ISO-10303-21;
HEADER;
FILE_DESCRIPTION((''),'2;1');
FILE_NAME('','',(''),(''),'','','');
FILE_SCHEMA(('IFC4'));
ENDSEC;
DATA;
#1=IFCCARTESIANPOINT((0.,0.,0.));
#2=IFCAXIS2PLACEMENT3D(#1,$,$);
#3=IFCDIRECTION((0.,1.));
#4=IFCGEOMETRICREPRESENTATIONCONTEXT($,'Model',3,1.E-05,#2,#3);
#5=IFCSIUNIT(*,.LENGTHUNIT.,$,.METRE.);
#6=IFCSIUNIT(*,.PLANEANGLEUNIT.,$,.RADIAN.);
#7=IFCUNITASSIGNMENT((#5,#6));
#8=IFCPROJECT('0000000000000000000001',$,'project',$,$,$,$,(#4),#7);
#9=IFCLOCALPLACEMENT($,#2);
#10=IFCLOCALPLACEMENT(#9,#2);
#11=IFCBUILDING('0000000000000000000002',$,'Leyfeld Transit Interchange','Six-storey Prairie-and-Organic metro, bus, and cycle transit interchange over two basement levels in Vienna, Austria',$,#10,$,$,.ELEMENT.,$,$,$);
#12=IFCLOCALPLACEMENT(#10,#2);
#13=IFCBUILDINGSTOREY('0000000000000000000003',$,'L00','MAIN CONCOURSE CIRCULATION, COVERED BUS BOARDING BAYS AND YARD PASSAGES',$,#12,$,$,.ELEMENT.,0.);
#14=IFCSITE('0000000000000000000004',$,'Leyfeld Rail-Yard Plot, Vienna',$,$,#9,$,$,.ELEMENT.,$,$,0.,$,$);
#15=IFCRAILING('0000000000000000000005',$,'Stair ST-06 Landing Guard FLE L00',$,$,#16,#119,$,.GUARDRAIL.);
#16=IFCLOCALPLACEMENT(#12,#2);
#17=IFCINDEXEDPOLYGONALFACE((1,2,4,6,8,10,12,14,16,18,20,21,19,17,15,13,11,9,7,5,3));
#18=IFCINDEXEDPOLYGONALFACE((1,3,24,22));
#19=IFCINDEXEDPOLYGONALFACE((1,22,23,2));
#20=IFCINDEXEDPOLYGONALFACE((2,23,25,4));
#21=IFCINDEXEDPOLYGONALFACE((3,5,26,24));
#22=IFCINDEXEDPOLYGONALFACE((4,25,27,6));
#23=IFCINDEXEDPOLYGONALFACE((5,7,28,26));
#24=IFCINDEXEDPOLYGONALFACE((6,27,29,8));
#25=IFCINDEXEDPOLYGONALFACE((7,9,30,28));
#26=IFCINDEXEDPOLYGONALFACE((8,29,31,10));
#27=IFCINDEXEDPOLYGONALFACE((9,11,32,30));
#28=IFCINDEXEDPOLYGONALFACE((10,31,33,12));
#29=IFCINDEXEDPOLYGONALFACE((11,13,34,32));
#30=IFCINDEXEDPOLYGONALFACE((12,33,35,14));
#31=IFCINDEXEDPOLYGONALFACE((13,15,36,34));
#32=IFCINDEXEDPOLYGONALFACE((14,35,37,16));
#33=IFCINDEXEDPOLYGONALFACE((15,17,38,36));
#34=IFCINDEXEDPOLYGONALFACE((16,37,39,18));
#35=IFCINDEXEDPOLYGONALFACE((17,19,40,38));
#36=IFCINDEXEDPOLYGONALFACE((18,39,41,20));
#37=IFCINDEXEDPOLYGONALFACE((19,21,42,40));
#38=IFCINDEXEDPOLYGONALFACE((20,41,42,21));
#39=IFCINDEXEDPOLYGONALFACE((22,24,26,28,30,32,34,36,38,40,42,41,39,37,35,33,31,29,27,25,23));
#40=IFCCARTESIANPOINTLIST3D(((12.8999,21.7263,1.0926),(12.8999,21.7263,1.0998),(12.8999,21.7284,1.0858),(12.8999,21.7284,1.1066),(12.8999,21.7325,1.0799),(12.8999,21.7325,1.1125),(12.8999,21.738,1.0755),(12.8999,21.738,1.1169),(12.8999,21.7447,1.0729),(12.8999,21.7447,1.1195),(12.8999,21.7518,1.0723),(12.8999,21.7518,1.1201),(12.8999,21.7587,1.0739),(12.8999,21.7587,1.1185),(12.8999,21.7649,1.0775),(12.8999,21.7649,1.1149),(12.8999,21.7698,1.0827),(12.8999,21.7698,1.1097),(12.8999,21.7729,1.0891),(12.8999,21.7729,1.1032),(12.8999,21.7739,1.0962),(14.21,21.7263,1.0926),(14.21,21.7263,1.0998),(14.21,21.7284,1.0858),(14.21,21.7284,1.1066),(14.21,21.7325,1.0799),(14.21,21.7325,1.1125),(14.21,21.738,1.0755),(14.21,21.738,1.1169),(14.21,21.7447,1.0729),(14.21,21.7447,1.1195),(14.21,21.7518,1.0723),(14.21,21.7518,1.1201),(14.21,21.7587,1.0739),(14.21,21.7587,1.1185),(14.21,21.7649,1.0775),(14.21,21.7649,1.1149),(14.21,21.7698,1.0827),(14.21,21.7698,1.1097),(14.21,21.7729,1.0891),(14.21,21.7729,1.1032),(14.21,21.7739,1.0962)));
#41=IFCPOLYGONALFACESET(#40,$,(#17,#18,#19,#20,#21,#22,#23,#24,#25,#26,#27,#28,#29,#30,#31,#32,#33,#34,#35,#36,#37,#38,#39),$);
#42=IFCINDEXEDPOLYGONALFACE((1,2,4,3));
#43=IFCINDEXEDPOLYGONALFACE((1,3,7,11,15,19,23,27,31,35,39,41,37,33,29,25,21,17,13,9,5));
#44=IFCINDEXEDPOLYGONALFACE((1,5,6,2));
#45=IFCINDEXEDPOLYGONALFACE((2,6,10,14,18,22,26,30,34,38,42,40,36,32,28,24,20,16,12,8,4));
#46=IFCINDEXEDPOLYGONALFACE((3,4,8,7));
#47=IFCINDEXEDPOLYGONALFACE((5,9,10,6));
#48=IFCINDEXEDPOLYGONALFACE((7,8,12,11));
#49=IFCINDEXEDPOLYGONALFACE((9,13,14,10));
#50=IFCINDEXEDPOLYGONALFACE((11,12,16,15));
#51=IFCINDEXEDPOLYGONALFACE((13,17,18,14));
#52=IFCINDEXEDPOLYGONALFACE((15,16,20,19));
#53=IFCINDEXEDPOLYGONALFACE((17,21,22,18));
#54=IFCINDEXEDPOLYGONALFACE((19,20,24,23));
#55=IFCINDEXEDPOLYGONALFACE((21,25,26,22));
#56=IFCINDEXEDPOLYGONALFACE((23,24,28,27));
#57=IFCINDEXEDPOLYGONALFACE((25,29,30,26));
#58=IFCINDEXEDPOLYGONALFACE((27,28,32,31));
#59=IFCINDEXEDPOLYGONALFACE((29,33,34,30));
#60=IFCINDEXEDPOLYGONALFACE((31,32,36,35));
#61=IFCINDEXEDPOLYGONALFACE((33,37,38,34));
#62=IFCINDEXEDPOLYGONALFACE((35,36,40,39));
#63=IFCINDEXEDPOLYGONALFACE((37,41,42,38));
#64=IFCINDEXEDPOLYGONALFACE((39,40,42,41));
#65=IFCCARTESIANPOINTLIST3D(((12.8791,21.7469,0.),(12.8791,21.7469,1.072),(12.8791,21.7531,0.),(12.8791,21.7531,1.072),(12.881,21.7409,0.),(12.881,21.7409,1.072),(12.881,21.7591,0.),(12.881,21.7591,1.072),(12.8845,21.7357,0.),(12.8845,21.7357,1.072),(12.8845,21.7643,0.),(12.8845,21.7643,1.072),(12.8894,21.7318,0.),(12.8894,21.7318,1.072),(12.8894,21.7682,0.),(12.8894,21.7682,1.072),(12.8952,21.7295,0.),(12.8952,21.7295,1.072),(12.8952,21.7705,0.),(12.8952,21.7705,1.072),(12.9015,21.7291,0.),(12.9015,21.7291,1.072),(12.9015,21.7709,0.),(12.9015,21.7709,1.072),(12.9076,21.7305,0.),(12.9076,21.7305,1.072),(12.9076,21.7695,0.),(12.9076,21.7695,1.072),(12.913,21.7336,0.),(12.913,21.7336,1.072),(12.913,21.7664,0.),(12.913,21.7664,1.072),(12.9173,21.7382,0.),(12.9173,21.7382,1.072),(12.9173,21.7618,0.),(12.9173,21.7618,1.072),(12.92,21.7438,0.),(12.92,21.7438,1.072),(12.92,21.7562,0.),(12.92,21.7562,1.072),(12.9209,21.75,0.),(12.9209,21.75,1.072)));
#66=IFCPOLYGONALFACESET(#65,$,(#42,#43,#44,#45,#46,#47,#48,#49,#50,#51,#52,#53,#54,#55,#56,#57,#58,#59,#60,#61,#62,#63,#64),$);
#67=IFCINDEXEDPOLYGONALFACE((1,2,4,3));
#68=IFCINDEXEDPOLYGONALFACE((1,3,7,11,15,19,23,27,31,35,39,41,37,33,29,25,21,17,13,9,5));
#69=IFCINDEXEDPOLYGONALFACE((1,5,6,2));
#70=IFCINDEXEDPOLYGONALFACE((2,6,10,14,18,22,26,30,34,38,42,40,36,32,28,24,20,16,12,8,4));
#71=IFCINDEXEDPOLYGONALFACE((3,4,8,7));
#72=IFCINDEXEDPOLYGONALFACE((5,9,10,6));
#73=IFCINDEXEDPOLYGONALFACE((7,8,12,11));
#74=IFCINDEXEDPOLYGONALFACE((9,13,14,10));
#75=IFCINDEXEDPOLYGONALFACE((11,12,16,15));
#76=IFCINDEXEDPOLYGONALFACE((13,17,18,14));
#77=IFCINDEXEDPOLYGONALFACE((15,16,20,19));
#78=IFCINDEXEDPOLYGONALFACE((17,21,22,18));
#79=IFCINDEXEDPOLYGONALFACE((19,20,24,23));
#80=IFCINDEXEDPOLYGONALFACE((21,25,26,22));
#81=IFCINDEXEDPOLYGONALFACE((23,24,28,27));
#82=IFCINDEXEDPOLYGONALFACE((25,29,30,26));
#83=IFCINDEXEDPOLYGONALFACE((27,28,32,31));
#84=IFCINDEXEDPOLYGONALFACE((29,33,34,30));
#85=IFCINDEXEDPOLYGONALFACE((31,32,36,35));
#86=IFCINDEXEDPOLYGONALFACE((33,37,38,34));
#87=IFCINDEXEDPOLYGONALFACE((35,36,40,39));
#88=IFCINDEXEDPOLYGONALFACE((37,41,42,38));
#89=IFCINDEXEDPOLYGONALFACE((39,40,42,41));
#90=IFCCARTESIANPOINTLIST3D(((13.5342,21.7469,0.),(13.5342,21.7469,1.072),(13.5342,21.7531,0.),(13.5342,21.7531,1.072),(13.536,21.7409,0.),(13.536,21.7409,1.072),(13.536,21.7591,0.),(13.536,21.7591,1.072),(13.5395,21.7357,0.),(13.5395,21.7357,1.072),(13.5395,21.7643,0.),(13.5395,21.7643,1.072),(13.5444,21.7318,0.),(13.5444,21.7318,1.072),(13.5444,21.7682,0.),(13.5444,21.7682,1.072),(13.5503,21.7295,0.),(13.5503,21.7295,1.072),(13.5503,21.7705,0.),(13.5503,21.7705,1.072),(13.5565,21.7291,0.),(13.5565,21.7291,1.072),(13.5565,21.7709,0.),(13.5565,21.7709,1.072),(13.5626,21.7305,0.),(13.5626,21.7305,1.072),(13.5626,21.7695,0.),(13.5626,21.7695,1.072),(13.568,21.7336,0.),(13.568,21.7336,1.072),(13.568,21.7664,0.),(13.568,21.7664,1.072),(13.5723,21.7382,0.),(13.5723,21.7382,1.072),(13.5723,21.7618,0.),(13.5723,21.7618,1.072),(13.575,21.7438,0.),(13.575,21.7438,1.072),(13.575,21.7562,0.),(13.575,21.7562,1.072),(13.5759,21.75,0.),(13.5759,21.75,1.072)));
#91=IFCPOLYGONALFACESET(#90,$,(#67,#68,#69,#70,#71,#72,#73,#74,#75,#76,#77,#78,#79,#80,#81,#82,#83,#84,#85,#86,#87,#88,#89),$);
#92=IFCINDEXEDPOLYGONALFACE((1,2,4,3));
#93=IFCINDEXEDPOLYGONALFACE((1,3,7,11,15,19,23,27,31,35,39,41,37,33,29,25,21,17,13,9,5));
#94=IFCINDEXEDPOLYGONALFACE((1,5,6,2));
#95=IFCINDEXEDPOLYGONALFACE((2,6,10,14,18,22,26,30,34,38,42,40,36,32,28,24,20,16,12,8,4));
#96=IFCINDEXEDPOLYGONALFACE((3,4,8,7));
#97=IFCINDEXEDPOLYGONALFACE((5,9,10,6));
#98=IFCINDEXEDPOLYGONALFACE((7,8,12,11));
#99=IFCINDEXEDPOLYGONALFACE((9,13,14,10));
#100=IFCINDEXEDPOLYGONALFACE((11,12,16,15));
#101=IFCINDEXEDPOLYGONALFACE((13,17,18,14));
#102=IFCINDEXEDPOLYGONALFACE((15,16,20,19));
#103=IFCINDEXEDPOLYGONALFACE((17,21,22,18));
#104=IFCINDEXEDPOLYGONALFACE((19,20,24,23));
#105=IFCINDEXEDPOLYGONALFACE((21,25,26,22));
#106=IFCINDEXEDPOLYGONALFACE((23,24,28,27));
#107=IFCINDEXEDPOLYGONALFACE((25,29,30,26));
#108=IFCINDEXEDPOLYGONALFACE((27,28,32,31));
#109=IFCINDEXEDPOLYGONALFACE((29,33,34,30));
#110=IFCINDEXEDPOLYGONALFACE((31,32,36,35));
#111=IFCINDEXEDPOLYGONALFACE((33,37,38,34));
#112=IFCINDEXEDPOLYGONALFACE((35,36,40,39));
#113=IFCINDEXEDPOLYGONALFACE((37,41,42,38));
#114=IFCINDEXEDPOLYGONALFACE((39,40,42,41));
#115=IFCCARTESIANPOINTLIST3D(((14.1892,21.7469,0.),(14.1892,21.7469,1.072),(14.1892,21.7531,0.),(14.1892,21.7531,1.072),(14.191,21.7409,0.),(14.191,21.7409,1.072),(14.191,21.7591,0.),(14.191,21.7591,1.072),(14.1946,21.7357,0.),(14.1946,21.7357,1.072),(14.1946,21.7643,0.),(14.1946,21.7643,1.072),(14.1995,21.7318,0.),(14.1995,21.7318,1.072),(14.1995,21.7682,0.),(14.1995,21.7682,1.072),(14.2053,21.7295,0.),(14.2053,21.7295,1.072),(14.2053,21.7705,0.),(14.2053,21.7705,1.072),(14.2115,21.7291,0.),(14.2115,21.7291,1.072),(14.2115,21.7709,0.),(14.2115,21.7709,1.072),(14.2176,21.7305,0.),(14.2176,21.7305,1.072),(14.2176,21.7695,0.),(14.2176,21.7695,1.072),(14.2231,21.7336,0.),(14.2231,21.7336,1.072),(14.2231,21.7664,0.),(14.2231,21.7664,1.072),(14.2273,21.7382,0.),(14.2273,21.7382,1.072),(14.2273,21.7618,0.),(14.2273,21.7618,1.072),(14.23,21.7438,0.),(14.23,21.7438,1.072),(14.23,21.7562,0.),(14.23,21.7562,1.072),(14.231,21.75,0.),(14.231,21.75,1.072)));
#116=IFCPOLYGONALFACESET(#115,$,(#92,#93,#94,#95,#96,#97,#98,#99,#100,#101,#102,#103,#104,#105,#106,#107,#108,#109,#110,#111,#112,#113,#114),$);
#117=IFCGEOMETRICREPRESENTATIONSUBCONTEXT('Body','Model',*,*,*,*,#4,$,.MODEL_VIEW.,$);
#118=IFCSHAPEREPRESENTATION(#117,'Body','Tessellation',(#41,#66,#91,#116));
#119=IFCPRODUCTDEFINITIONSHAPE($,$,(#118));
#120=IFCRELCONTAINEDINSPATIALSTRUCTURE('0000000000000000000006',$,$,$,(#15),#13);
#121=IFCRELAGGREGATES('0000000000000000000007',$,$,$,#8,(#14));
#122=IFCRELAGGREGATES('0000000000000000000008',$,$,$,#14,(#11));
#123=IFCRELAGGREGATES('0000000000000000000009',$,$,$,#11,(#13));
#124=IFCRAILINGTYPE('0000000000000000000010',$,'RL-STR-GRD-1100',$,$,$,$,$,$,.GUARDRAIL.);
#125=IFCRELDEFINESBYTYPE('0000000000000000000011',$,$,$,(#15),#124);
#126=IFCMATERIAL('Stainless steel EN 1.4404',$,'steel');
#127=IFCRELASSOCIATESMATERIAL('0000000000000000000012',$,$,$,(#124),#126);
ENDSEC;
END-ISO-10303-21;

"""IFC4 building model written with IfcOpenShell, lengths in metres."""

from ifc_helpers import new_model, si_unit, direction, frame, origin, origin_2d, place, context, subcontext, project, spatial, circle, extrude, material, type_object, element, save


model = new_model("IFC4")

# Units and contexts
model_context = context("Model", 3, precision=1e-05, world=origin(), true_north=direction((0.0, 1.0)))
body_context = subcontext(model_context, "Body", "Model", "MODEL_VIEW")
ifc_project = project(units=[si_unit("LENGTHUNIT", "METRE"), si_unit("PLANEANGLEUNIT", "RADIAN")], contexts=[model_context])

# Site, building, storey
site_placement = place(None, origin())
site = spatial("IfcSite", under=ifc_project, at=site_placement, Name="Leyfeld Rail-Yard Plot, Vienna", CompositionType="ELEMENT", RefElevation=0.0)
building_placement = place(site_placement, origin())
building = spatial("IfcBuilding", under=site, at=building_placement, Name="Leyfeld Transit Interchange", Description="Six-storey Prairie-and-Organic metro, bus, and cycle transit interchange over two basement levels in Vienna, Austria", CompositionType="ELEMENT")
storey_placement = place(building_placement, origin())
storey = spatial("IfcBuildingStorey", under=building, at=storey_placement, Name="L00", Description="MAIN CONCOURSE CIRCULATION, COVERED BUS BOARDING BAYS AND YARD PASSAGES", CompositionType="ELEMENT", Elevation=0.0)

# Railing
ifc_material_1 = material(Name="Stainless steel EN 1.4404", Category="steel")
railing_type_1 = type_object("IfcRailingType", Name="RL-STR-GRD-1100", PredefinedType="GUARDRAIL", material=ifc_material_1)
railing_1_placement = place(storey_placement, frame((12.8999, 21.75, 0.0)))
element("IfcRailing", 1, at=railing_1_placement, inside=storey, type_object=railing_type_1, Name="Stair ST-06 Landing Guard FLE L00", PredefinedType="GUARDRAIL", context=body_context, shape_type="SweptSolid", body=[
    extrude(circle(Radius=0.0239, at=origin_2d()), frame((0.0, 0.0, 1.0962), z_axis=(1.0, 0.0, 0.0), x_axis=(0.0, 1.0, 0.0)), (0.0, 0.0, 1.0), 1.3101),
    extrude(circle(Radius=0.021, at=origin_2d()), origin(), (0.0, 0.0, 1.0), 1.072),
    extrude(circle(Radius=0.021, at=origin_2d()), frame((0.655, 0.0, 0.0)), (0.0, 0.0, 1.0), 1.072),
    extrude(circle(Radius=0.021, at=origin_2d()), frame((1.3101, 0.0, 0.0)), (0.0, 0.0, 1.0), 1.072),
])

save(model, "model.ifc")
